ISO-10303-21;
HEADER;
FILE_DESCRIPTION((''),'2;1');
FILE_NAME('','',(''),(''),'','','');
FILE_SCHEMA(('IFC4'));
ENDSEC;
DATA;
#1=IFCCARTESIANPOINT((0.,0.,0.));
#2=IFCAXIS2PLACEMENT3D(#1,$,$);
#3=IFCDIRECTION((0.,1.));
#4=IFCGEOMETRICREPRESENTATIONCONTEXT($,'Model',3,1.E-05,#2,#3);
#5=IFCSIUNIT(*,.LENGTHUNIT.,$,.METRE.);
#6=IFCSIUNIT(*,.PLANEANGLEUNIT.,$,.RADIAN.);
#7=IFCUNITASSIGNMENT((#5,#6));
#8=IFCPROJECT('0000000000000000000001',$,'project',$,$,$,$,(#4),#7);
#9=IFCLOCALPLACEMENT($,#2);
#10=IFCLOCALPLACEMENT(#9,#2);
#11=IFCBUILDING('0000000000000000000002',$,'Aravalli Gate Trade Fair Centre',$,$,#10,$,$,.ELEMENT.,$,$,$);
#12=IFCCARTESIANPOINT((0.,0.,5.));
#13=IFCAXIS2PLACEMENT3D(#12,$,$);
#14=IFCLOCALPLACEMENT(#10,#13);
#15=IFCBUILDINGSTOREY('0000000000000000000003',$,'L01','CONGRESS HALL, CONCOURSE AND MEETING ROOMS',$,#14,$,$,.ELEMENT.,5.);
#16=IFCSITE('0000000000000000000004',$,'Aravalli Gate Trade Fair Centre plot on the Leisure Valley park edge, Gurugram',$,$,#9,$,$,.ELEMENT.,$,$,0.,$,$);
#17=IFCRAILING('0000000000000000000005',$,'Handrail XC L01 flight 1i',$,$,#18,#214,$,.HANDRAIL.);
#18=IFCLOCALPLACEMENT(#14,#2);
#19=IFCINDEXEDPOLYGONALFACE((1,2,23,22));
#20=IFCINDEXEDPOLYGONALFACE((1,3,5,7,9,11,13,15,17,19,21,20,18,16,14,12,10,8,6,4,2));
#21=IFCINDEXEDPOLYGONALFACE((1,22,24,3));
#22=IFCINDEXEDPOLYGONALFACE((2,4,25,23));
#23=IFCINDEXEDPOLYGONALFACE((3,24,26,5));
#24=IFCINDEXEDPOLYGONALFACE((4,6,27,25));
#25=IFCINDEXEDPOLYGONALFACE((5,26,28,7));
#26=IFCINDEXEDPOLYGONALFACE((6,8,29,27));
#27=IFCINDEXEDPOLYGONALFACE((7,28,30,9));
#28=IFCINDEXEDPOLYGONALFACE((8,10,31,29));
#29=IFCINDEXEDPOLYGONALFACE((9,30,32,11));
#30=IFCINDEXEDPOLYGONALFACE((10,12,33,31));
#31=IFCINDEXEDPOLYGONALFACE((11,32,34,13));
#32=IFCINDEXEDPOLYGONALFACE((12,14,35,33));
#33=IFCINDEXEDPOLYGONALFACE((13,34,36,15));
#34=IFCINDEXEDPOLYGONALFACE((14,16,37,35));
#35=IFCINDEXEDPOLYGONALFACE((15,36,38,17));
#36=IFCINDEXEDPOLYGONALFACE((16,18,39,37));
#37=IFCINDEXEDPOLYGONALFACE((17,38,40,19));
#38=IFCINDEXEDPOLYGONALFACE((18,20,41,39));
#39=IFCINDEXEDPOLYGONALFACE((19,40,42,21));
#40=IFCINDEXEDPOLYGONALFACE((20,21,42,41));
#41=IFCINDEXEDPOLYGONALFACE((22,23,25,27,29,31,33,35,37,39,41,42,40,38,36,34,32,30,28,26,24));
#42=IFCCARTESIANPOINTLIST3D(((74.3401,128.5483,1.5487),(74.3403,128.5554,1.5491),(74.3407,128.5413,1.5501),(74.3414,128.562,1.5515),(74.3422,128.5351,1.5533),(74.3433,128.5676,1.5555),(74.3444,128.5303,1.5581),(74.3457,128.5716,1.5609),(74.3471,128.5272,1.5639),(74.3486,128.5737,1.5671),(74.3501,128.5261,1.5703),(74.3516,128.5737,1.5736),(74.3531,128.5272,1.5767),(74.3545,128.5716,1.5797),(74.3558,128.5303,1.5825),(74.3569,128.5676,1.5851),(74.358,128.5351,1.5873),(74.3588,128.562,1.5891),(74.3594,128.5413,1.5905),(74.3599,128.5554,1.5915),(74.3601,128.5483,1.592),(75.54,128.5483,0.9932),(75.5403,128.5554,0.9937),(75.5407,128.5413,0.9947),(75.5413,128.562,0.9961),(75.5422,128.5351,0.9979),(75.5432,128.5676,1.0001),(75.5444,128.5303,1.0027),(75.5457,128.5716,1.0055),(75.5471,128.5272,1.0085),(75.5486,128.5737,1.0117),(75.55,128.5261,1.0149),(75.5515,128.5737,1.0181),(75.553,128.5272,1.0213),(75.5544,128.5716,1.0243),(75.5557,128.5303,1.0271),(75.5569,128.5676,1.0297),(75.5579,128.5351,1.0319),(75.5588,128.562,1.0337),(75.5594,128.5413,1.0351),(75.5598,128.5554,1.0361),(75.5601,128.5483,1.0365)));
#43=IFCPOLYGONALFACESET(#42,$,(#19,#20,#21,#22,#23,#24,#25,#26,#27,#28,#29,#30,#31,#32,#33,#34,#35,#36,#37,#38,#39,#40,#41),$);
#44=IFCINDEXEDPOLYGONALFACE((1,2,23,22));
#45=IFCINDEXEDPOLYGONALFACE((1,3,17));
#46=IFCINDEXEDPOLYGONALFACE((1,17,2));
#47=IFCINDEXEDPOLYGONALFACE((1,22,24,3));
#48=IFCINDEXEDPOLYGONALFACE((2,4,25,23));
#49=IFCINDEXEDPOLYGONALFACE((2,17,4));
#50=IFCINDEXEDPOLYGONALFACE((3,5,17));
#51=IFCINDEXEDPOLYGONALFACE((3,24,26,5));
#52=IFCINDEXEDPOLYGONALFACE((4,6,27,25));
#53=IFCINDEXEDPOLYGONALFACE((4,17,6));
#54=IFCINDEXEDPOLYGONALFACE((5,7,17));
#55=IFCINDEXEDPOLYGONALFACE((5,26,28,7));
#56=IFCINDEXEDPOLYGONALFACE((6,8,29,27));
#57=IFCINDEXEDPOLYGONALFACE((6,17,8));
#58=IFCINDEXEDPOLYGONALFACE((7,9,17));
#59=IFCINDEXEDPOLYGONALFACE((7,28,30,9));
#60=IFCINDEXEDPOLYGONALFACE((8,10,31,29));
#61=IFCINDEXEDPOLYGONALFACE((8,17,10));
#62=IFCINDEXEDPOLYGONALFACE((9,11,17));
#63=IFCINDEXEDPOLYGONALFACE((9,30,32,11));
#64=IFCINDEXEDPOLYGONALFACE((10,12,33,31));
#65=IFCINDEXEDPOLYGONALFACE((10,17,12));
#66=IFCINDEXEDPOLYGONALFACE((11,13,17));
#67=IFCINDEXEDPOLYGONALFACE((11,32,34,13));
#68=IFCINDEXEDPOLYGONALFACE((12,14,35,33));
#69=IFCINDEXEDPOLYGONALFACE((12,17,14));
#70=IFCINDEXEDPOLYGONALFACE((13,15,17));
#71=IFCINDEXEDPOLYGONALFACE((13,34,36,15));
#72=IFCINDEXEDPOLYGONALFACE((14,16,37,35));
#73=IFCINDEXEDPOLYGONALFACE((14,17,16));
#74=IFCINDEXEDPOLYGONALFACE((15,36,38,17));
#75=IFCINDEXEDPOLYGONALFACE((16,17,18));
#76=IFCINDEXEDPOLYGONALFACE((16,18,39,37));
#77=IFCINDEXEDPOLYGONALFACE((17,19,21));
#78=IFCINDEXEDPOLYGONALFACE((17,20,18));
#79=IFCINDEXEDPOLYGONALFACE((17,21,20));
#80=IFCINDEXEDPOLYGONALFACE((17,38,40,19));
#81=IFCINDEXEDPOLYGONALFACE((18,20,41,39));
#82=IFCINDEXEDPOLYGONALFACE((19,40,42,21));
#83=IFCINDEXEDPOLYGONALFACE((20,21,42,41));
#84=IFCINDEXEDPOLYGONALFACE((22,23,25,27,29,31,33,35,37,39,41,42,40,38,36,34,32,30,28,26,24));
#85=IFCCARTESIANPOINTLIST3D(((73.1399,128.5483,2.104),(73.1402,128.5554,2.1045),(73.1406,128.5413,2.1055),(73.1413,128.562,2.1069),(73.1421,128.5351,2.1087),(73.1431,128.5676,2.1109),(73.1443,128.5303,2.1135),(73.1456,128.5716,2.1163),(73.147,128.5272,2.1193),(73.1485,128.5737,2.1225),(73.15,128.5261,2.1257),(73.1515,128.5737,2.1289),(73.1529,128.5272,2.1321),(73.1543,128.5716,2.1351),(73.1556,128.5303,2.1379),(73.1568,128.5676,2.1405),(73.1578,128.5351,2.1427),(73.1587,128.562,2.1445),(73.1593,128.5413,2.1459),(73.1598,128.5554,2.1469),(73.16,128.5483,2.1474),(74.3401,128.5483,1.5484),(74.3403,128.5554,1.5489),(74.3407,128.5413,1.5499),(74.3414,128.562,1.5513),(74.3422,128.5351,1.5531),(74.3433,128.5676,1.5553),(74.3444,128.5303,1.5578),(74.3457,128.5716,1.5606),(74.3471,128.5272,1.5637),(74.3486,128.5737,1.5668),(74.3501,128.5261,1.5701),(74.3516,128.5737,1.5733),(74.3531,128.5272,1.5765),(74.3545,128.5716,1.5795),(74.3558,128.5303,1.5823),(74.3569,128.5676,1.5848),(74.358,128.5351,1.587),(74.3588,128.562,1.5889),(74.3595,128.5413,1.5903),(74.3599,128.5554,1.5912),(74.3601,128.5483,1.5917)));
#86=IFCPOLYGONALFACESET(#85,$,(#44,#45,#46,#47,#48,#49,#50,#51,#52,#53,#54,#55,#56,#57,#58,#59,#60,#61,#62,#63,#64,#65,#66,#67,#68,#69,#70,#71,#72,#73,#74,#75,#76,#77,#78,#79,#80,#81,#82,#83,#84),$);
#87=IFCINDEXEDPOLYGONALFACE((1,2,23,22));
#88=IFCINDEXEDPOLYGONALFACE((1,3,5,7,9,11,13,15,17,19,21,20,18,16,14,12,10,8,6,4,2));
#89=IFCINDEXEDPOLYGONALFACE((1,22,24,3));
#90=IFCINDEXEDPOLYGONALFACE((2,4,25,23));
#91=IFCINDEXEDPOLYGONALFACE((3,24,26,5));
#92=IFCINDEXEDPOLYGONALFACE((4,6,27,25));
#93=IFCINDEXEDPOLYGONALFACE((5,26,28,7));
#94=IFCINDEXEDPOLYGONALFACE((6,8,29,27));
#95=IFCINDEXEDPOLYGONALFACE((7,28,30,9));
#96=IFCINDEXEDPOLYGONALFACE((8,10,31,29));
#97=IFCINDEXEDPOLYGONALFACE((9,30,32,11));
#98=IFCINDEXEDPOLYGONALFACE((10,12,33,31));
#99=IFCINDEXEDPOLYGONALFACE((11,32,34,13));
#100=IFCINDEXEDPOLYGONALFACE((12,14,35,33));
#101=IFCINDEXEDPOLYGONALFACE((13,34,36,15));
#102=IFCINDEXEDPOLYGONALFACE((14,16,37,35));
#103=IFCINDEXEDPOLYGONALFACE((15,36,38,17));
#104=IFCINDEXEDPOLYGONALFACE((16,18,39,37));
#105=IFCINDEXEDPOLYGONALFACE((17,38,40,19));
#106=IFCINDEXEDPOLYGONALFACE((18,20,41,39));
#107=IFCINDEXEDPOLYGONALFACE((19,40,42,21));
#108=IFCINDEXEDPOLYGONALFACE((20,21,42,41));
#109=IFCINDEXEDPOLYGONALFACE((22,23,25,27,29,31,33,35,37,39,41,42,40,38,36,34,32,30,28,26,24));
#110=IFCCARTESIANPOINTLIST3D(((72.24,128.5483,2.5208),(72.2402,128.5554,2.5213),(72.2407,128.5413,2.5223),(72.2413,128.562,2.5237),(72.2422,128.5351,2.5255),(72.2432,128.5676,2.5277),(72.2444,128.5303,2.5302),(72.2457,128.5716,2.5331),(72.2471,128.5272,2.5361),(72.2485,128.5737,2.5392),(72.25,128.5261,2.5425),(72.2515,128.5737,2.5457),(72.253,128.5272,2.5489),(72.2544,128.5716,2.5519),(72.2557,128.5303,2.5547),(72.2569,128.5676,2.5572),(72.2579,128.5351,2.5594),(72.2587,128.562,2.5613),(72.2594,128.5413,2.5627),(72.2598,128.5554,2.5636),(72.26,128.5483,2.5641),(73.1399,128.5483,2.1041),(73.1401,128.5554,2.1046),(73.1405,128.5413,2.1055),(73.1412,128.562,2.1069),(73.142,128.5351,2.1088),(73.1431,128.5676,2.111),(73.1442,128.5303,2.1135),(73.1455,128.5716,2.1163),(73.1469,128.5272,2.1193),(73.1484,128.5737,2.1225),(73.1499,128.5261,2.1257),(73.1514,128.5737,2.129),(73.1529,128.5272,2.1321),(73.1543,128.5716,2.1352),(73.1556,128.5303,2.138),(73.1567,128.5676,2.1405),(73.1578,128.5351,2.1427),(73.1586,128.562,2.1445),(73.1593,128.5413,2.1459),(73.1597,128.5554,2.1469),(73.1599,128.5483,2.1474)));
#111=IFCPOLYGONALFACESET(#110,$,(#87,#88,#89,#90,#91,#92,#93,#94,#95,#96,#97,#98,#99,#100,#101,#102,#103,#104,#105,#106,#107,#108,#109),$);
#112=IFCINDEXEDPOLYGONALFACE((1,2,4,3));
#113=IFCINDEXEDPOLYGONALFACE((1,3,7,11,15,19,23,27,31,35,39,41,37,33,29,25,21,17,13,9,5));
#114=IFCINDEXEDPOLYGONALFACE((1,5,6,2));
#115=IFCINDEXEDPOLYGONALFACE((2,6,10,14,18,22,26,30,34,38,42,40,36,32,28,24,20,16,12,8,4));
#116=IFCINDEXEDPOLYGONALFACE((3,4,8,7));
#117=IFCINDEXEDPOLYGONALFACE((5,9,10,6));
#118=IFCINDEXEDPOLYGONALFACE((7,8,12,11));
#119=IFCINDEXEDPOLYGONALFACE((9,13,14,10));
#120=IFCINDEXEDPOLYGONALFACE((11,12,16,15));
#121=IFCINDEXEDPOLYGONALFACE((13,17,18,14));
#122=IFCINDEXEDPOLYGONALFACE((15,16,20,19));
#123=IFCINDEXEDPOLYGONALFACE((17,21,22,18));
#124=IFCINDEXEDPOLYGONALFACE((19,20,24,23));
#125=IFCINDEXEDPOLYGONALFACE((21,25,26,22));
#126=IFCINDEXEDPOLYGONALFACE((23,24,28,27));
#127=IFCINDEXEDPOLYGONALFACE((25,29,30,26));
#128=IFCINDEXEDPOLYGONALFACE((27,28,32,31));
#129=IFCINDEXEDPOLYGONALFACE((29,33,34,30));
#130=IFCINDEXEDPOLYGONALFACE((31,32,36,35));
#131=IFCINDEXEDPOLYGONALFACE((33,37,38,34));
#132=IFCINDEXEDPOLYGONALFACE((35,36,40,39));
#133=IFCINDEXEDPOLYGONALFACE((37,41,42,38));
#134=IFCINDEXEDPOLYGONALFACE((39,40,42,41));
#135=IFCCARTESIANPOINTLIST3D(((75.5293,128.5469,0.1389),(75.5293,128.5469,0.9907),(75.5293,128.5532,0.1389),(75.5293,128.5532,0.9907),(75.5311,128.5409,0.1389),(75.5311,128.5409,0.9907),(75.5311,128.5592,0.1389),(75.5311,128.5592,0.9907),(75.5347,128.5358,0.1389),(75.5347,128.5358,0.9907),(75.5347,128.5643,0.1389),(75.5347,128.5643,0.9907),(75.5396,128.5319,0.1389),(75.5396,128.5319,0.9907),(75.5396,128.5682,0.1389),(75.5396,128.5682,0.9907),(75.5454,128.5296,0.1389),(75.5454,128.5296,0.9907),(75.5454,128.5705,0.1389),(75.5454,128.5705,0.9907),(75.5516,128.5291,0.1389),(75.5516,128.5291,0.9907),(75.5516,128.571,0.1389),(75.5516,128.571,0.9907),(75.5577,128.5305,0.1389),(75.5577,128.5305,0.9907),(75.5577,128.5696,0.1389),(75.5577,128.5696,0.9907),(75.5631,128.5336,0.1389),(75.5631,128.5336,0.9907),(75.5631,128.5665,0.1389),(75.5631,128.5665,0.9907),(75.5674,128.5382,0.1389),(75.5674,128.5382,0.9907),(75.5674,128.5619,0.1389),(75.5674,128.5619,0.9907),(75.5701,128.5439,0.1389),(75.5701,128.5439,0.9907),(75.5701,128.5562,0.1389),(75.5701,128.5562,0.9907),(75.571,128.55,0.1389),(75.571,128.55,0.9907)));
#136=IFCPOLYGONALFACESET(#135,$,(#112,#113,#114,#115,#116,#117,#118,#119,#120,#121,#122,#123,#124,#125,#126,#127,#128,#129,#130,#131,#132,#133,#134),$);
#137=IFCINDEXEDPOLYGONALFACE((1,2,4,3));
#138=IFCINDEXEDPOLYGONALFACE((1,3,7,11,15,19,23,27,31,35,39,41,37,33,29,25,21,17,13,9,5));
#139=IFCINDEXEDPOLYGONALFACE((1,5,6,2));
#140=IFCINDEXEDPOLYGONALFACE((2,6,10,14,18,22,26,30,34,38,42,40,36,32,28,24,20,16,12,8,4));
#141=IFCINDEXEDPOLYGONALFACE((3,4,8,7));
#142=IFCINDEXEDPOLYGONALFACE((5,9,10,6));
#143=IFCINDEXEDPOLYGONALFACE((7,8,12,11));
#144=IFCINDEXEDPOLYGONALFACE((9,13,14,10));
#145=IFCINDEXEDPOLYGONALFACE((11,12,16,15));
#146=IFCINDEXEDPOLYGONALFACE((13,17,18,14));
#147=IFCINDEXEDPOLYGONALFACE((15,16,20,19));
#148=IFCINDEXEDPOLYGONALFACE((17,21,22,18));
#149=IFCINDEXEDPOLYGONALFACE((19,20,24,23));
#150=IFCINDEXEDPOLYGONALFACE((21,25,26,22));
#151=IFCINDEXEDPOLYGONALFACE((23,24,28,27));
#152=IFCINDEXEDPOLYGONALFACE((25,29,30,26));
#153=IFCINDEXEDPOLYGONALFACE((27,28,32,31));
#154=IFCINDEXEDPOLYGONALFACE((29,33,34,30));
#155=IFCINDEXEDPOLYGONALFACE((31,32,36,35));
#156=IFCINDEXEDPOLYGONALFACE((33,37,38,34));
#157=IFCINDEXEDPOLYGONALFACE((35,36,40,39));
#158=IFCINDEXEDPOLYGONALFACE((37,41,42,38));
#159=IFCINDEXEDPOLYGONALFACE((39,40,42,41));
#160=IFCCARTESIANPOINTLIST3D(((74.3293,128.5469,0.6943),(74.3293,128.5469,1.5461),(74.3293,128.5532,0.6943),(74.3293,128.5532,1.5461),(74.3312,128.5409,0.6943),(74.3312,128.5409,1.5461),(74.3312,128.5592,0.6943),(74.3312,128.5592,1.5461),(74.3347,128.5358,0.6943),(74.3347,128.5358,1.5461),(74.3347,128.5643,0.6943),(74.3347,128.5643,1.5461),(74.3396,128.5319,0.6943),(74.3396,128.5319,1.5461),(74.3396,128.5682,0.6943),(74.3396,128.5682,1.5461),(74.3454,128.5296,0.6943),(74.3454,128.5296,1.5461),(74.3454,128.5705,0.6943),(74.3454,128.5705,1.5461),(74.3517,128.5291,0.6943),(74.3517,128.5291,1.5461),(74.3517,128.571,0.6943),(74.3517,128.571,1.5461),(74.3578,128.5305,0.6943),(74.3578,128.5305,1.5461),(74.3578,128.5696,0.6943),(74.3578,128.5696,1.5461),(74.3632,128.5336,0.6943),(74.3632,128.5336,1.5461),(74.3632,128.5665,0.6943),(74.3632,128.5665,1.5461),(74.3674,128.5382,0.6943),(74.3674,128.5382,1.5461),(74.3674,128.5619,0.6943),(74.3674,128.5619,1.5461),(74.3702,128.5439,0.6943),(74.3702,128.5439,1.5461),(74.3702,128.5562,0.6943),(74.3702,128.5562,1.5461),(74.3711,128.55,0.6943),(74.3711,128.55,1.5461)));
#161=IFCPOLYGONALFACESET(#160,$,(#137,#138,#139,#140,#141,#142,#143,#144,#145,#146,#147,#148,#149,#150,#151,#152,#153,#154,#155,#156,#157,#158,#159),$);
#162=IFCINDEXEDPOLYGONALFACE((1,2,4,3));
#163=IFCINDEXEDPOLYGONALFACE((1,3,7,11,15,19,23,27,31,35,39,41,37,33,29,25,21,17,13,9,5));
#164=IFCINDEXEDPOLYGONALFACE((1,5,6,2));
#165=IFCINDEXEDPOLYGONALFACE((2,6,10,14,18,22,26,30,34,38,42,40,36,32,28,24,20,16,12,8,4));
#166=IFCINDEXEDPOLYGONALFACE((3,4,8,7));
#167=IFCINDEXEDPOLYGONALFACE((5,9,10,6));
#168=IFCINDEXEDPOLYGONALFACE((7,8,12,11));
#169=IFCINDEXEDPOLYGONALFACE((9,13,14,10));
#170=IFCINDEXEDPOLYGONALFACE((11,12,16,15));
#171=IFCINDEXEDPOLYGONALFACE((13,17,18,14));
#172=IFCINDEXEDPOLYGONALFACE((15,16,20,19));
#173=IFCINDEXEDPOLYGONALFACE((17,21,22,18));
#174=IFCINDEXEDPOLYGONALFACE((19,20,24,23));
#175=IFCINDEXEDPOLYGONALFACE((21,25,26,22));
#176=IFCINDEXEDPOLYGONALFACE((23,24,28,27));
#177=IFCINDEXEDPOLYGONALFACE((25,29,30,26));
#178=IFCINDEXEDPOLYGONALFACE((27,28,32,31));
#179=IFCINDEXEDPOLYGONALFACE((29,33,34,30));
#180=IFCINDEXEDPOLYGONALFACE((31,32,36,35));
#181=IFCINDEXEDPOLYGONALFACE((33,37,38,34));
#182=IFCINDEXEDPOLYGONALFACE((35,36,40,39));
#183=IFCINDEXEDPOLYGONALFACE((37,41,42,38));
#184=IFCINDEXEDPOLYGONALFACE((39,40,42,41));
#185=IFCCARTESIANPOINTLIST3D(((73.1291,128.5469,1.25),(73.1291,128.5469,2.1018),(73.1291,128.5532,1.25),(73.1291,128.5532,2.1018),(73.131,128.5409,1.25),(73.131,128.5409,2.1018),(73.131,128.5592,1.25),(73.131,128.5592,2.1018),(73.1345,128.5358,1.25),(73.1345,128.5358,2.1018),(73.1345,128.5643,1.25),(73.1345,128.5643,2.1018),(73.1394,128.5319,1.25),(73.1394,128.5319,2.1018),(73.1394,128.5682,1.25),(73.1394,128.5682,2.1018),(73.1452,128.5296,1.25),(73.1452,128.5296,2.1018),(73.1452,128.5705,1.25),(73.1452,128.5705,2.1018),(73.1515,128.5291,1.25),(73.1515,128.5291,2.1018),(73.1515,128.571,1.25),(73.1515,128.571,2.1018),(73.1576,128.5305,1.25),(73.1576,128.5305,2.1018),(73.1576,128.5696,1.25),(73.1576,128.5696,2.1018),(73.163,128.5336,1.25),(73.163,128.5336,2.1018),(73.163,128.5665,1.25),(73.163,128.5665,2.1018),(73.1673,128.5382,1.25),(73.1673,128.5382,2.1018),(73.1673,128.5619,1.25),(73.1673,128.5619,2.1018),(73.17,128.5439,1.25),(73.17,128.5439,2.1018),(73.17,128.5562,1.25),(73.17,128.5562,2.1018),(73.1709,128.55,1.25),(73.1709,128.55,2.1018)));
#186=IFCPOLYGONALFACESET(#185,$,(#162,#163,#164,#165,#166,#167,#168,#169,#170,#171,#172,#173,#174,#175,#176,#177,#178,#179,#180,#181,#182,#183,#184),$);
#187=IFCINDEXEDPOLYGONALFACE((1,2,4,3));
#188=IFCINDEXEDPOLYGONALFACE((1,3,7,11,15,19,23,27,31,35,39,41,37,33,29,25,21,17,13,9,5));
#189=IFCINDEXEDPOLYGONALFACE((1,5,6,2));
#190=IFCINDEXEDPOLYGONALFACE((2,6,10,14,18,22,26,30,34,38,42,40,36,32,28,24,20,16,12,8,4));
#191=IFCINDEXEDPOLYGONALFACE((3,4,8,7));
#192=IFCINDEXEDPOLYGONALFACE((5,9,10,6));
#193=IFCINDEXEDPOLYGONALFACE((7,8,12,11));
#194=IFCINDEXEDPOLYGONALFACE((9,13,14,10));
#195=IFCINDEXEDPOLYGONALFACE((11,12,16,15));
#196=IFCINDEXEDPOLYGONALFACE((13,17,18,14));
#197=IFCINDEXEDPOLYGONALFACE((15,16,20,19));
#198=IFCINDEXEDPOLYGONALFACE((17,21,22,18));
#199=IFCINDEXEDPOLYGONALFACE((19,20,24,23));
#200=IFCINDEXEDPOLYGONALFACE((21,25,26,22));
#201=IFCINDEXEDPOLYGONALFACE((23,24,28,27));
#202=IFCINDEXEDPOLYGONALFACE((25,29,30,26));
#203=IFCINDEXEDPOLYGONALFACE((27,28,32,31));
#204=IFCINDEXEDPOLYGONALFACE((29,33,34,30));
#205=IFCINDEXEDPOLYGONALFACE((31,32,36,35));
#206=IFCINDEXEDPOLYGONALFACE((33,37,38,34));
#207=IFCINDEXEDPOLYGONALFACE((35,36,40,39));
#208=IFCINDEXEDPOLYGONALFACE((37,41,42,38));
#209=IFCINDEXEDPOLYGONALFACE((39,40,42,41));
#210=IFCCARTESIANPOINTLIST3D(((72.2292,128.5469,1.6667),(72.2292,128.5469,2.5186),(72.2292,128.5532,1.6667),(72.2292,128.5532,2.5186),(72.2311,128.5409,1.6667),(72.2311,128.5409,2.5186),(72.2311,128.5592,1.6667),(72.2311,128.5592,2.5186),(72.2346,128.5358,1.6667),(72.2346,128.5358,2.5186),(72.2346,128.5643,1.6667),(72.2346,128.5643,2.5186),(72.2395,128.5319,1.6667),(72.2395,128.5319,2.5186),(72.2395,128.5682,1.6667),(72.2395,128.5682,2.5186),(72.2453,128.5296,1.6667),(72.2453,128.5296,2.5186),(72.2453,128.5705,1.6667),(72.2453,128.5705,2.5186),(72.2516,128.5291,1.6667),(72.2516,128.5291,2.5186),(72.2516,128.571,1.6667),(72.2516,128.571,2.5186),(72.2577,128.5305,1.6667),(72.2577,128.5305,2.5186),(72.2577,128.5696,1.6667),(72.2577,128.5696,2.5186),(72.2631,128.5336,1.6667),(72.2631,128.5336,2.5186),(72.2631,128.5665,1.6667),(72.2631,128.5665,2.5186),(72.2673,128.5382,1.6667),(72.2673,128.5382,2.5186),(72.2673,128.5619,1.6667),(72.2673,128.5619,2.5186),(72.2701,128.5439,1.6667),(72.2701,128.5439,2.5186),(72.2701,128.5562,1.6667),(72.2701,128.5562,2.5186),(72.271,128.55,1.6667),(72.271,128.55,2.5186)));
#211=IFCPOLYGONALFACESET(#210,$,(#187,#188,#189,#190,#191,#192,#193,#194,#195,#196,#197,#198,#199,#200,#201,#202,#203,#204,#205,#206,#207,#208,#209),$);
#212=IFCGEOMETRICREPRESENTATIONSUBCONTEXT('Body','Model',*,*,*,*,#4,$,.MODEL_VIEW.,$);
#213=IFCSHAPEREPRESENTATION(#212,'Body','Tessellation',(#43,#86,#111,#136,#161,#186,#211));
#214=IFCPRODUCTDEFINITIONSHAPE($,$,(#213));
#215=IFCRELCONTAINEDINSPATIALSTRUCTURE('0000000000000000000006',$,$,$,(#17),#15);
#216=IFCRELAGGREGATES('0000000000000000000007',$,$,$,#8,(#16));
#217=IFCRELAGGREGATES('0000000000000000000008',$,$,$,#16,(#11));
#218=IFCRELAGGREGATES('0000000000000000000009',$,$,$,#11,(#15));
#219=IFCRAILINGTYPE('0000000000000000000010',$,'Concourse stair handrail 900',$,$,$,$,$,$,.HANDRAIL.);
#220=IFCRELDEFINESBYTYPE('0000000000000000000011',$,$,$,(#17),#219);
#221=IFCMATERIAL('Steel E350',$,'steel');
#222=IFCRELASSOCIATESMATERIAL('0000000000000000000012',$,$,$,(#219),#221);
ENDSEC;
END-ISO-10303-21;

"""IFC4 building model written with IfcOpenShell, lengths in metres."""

from ifc_helpers import new_model, si_unit, direction, frame, origin, origin_2d, place, context, subcontext, project, spatial, circle, extrude, material, type_object, element, save


model = new_model("IFC4")

# Units and contexts
model_context = context("Model", 3, precision=1e-05, world=origin(), true_north=direction((0.0, 1.0)))
body_context = subcontext(model_context, "Body", "Model", "MODEL_VIEW")
ifc_project = project(units=[si_unit("LENGTHUNIT", "METRE"), si_unit("PLANEANGLEUNIT", "RADIAN")], contexts=[model_context])

# Site, building, storey
site_placement = place(None, origin())
site = spatial("IfcSite", under=ifc_project, at=site_placement, Name="Aravalli Gate Trade Fair Centre plot on the Leisure Valley park edge, Gurugram", CompositionType="ELEMENT", RefElevation=0.0)
building_placement = place(site_placement, origin())
building = spatial("IfcBuilding", under=site, at=building_placement, Name="Aravalli Gate Trade Fair Centre", CompositionType="ELEMENT")
storey_placement = place(building_placement, frame((0.0, 0.0, 5.0)))
storey = spatial("IfcBuildingStorey", under=building, at=storey_placement, Name="L01", Description="CONGRESS HALL, CONCOURSE AND MEETING ROOMS", CompositionType="ELEMENT", Elevation=5.0)

# Shared definitions
ifc_material_1 = material(Name="Steel E350", Category="steel")

# Railing
railing_type_1 = type_object("IfcRailingType", Name="Concourse stair handrail 900", PredefinedType="HANDRAIL", material=ifc_material_1)
for number, where, name in (
    (1, (75.55, 128.55, 0.1389), "Handrail XC L01 flight 1i"),
):
    element("IfcRailing", number, at=place(storey_placement, frame(where)), inside=storey, type_object=railing_type_1, Name=name, PredefinedType="HANDRAIL", context=body_context, shape_type="SweptSolid", body=[
        extrude(circle(Radius=0.0239, at=origin_2d()), frame((0.0, 0.0, 0.876), z_axis=(-0.907499, 0.0, 0.420053), x_axis=(0.0, -1.0, 0.0)), (0.0, 0.0, 1.0), 1.3223),
        extrude(circle(Radius=0.0239, at=origin_2d()), frame((-1.2, 0.0, 1.4312), z_axis=(-0.907462, 0.0, 0.420135), x_axis=(0.0, -1.0, 0.0)), (0.0, 0.0, 1.0), 1.3225),
        extrude(circle(Radius=0.0239, at=origin_2d()), frame((-2.4001, 0.0, 1.9868), z_axis=(-0.907418, 0.0, 0.420229), x_axis=(0.0, -1.0, 0.0)), (0.0, 0.0, 1.0), 0.9917),
        extrude(circle(Radius=0.021, at=origin_2d()), origin(), (0.0, 0.0, 1.0), 0.8518),
        extrude(circle(Radius=0.021, at=origin_2d()), frame((-1.2, 0.0, 0.5554)), (0.0, 0.0, 1.0), 0.8518),
        extrude(circle(Radius=0.021, at=origin_2d()), frame((-2.4001, 0.0, 1.1111)), (0.0, 0.0, 1.0), 0.8518),
        extrude(circle(Radius=0.021, at=origin_2d()), frame((-3.3, 0.0, 1.5278)), (0.0, 0.0, 1.0), 0.8518),
    ])

save(model, "model.ifc")
